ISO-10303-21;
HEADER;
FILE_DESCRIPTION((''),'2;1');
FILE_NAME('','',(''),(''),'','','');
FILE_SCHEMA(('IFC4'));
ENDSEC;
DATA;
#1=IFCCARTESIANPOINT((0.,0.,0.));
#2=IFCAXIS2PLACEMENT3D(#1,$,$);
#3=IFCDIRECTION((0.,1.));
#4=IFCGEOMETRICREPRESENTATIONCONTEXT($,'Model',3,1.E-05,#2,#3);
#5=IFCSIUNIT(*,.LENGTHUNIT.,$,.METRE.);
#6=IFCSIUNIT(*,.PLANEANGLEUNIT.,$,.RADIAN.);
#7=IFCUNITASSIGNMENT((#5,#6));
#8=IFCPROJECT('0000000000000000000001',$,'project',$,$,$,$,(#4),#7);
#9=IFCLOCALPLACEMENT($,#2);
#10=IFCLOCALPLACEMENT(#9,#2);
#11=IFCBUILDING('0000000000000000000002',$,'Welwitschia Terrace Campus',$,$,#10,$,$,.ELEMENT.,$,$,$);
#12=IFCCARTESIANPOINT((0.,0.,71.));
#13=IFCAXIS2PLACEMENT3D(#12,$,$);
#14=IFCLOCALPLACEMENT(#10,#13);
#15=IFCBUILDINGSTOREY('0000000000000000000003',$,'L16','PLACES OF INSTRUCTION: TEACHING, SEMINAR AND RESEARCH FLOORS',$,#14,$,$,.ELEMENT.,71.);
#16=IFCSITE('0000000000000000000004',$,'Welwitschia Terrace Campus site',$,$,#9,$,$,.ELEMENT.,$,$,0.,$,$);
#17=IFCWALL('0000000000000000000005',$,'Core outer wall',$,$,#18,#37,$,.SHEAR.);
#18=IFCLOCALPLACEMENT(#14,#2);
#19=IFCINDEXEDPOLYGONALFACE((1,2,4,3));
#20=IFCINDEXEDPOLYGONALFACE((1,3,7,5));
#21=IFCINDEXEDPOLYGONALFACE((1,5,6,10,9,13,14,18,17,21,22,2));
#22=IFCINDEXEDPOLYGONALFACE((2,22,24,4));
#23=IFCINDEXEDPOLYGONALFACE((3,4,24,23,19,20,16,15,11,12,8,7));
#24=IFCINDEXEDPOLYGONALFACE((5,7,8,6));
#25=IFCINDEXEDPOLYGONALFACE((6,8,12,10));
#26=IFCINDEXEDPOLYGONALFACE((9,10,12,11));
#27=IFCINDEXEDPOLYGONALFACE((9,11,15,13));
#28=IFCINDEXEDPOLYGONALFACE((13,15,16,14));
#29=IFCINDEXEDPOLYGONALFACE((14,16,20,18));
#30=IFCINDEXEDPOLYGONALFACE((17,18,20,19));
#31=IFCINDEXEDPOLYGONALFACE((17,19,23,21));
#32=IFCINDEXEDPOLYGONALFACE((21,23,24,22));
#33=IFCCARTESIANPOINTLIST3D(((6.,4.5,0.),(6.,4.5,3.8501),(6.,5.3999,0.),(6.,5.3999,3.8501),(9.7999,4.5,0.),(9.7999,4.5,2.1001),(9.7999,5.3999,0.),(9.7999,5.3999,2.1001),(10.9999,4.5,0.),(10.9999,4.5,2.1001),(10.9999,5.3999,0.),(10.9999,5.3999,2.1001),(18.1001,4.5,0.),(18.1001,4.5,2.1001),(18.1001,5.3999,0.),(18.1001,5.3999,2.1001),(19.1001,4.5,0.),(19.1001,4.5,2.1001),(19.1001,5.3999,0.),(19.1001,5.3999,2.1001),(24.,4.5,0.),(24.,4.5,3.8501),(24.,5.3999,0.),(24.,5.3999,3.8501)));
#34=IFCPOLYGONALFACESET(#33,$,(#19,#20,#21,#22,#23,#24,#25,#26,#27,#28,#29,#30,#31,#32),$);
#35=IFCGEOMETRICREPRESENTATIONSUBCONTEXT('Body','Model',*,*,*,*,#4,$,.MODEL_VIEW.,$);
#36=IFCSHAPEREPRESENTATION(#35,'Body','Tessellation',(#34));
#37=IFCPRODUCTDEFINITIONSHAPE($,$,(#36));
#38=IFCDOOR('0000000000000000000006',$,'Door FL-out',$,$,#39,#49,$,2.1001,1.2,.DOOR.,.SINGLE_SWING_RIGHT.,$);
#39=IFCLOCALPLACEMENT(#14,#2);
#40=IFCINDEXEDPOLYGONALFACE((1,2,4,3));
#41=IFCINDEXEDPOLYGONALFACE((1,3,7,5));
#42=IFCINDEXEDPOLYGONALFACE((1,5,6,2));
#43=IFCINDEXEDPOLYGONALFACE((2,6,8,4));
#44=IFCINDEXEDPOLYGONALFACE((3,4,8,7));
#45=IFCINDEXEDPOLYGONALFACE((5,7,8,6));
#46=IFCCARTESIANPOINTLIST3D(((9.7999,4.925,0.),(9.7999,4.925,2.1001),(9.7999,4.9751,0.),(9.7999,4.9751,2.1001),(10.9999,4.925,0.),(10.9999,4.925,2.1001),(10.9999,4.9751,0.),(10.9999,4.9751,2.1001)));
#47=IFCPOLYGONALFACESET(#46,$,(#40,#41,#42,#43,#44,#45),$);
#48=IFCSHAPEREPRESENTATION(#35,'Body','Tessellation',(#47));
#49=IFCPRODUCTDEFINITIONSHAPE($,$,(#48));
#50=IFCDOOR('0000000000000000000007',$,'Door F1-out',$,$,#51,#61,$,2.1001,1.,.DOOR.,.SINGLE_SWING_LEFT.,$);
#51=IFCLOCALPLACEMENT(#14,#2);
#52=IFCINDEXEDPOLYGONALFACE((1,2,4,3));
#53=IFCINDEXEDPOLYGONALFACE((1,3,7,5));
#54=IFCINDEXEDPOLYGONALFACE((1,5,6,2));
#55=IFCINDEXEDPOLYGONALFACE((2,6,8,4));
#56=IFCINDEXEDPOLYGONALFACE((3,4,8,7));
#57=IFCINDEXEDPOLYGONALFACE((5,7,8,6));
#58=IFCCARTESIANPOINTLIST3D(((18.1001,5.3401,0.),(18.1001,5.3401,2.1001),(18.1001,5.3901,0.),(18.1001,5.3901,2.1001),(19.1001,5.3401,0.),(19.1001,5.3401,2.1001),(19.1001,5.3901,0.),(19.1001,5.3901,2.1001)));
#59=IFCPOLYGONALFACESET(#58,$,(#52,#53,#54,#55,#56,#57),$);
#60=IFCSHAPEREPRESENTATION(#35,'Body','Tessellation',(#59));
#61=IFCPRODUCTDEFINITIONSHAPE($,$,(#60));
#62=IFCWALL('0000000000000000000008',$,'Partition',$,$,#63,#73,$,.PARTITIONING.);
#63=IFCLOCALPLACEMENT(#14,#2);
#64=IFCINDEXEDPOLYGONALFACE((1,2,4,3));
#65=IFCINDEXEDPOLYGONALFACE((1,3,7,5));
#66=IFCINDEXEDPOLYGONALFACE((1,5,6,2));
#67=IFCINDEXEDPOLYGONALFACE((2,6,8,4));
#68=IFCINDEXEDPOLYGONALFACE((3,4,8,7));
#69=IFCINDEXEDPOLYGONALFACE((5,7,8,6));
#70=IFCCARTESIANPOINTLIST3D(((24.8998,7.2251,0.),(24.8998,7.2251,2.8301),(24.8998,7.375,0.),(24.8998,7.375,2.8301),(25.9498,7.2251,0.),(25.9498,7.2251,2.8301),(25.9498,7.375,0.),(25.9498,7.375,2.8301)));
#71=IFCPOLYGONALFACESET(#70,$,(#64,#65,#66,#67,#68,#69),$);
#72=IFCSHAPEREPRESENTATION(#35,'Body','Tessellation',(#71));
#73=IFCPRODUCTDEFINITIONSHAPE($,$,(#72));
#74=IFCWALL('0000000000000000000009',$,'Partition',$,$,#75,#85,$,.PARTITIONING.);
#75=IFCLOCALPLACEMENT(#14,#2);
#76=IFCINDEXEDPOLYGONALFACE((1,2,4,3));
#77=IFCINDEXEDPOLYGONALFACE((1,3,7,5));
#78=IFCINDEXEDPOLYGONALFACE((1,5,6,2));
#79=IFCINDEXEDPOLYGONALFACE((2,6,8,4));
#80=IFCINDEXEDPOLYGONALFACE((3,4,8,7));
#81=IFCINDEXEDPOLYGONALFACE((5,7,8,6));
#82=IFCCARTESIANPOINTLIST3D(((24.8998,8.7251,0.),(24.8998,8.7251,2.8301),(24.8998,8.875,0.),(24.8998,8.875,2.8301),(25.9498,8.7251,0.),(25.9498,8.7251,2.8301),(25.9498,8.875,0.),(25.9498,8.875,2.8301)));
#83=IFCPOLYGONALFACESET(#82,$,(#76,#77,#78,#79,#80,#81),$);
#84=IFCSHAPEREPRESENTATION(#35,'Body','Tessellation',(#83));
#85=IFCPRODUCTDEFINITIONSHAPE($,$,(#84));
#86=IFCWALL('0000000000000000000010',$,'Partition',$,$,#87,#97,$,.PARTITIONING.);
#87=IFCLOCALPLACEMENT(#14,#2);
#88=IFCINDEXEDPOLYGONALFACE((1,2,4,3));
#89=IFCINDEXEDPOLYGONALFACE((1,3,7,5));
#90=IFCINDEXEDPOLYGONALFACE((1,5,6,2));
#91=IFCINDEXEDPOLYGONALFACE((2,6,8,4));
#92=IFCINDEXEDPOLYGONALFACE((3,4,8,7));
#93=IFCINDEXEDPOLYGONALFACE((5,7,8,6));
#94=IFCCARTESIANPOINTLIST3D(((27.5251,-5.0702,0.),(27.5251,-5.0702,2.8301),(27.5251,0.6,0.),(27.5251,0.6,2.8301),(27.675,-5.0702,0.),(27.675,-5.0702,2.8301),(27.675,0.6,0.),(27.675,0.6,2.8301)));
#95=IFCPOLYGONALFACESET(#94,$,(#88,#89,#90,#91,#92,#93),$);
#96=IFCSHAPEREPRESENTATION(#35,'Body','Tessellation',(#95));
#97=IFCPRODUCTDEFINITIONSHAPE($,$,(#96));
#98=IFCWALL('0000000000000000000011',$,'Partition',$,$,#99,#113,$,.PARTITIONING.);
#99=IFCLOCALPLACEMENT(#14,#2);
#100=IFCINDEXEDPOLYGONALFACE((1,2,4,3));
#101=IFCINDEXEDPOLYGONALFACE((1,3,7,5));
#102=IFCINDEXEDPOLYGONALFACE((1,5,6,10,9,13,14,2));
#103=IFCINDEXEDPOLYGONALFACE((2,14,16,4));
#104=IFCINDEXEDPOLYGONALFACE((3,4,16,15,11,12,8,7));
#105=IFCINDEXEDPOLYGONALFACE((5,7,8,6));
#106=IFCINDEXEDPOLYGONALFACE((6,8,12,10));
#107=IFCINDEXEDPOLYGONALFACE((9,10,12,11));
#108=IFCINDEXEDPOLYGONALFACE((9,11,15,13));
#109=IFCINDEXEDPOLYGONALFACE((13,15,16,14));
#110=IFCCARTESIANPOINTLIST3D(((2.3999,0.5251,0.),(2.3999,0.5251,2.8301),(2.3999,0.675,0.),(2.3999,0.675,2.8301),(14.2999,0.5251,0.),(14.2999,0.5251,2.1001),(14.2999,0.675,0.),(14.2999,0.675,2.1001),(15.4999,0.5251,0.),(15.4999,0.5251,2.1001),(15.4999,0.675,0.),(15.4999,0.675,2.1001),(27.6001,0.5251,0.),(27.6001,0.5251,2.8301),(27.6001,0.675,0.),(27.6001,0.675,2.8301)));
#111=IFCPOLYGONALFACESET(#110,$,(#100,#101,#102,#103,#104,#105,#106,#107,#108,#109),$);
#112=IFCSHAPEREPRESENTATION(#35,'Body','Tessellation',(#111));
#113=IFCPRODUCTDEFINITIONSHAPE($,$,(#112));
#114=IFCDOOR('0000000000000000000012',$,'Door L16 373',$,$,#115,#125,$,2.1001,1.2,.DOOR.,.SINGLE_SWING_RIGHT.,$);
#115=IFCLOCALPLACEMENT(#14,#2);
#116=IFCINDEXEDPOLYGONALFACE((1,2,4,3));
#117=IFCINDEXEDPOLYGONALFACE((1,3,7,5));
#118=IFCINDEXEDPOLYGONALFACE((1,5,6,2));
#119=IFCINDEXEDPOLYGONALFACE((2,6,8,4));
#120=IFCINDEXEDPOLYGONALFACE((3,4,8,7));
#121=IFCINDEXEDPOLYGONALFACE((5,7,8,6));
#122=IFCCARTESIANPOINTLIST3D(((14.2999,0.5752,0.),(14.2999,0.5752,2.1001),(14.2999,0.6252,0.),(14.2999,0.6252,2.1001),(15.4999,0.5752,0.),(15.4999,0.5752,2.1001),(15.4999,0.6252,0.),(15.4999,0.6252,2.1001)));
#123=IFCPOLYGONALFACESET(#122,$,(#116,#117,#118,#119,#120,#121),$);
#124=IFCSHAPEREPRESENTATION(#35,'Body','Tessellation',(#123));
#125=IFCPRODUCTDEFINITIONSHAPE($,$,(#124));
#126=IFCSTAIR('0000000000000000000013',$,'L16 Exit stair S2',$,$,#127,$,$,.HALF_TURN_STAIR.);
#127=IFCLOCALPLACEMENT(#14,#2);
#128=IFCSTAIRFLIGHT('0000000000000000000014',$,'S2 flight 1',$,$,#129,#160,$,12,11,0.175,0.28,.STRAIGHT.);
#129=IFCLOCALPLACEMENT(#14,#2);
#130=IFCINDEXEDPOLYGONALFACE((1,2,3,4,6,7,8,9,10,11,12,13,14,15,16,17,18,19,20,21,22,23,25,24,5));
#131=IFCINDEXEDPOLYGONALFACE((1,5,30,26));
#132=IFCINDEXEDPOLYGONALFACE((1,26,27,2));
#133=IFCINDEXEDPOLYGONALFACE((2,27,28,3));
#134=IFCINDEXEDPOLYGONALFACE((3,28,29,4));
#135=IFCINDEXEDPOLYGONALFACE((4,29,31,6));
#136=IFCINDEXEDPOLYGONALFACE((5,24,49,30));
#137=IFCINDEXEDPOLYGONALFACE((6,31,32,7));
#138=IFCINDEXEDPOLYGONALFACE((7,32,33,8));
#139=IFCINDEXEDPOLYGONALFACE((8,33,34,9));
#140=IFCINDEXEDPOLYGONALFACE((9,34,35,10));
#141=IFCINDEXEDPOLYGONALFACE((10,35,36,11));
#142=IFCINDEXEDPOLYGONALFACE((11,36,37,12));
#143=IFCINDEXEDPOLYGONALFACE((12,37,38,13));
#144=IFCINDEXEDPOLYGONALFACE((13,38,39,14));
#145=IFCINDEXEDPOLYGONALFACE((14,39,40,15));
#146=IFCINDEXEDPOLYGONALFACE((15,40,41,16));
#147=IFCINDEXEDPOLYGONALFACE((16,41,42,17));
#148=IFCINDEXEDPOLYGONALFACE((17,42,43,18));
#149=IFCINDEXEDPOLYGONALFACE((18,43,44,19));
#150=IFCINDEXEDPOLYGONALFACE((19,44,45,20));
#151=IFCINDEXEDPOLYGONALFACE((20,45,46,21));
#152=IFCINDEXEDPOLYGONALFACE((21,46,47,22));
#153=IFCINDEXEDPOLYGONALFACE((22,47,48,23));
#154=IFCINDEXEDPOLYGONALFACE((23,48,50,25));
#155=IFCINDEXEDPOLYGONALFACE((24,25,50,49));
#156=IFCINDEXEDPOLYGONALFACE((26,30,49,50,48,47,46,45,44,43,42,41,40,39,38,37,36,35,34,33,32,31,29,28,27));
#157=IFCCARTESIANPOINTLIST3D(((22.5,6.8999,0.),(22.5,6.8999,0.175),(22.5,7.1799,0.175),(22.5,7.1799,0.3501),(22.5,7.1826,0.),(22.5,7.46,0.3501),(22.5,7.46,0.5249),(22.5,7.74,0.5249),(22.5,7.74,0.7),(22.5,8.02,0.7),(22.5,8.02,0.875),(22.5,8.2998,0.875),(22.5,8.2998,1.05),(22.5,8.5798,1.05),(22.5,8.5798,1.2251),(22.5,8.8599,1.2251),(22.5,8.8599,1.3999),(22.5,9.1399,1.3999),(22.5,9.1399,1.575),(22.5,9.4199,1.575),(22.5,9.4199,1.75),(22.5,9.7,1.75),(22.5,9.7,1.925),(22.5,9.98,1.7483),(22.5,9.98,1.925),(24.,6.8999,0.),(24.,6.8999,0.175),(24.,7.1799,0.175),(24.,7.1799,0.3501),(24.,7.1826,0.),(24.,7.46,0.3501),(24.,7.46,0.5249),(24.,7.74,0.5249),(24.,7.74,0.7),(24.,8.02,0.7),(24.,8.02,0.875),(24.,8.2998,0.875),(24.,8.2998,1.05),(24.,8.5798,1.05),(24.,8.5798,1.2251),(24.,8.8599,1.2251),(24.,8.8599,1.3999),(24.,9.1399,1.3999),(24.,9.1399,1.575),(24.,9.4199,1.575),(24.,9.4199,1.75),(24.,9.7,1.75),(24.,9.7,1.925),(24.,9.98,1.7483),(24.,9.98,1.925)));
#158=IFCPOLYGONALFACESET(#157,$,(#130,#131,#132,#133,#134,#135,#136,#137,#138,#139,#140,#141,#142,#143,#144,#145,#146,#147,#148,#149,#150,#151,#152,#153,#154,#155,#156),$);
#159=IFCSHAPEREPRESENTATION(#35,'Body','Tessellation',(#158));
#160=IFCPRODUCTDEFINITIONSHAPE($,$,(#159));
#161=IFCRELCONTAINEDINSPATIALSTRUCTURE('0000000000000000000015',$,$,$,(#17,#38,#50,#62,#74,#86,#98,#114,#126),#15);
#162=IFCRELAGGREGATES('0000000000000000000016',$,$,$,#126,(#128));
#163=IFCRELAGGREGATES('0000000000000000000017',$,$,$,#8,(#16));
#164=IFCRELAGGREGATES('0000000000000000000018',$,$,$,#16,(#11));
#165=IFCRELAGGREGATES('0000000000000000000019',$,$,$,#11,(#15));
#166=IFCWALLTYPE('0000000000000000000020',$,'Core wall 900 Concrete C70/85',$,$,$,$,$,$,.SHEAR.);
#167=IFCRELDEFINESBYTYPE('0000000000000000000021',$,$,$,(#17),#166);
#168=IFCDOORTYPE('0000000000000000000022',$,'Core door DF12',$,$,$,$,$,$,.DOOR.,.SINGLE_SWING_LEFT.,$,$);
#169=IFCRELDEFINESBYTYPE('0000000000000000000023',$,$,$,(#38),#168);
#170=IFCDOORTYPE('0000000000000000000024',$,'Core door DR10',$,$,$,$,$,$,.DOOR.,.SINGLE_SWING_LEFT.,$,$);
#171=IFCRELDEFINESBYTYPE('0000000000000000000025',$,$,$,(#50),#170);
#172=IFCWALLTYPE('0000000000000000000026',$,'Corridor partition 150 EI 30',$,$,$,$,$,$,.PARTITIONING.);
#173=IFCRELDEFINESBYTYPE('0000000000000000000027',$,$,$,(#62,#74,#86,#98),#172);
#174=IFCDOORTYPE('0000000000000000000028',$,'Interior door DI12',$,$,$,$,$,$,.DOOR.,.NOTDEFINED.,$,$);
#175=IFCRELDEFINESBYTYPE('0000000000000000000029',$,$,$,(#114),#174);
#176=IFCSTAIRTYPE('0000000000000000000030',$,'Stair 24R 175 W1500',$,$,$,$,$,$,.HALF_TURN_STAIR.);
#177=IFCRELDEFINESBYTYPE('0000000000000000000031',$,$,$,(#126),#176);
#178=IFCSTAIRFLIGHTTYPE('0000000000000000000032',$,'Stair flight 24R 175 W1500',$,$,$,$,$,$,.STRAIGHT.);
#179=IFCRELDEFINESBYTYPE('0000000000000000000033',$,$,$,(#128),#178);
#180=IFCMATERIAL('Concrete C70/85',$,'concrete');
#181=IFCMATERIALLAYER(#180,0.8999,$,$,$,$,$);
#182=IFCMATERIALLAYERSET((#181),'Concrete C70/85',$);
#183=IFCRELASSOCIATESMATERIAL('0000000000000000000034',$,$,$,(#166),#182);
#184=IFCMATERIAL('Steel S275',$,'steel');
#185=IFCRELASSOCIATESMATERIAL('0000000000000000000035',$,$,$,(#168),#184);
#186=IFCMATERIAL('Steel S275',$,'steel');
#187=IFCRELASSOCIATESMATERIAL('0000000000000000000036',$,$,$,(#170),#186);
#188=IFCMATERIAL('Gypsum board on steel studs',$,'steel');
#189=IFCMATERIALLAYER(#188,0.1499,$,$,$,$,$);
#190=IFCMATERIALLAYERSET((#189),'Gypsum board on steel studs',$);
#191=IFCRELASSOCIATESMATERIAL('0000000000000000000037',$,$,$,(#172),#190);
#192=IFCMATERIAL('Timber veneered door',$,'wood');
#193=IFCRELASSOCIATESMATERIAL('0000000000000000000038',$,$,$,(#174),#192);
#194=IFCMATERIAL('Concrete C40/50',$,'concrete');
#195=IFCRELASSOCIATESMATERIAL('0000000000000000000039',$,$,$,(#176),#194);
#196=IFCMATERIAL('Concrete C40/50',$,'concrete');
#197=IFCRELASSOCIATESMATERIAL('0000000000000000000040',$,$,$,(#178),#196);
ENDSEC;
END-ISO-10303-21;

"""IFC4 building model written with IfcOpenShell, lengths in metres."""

from ifc_helpers import new_model, si_unit, direction, frame, frame_2d, origin, place, context, subcontext, project, spatial, polyline, rectangle, outline, extrude, material, layer, layer_set, type_object, element, fill, aggregate, save


model = new_model("IFC4")

# Units and contexts
model_context = context("Model", 3, precision=1e-05, world=origin(), true_north=direction((0.0, 1.0)))
body_context = subcontext(model_context, "Body", "Model", "MODEL_VIEW")
ifc_project = project(units=[si_unit("LENGTHUNIT", "METRE"), si_unit("PLANEANGLEUNIT", "RADIAN")], contexts=[model_context])

# Site, building, storey
site_placement = place(None, origin())
site = spatial("IfcSite", under=ifc_project, at=site_placement, Name="Welwitschia Terrace Campus site", CompositionType="ELEMENT", RefElevation=0.0)
building_placement = place(site_placement, origin())
building = spatial("IfcBuilding", under=site, at=building_placement, Name="Welwitschia Terrace Campus", CompositionType="ELEMENT")
storey_placement = place(building_placement, frame((0.0, 0.0, 71.0)))
storey = spatial("IfcBuildingStorey", under=building, at=storey_placement, Name="L16", Description="PLACES OF INSTRUCTION: TEACHING, SEMINAR AND RESEARCH FLOORS", CompositionType="ELEMENT", Elevation=71.0)

# Wall, openings, doors
ifc_material_1 = material(Name="Concrete C70/85", Category="concrete")
ifc_layer_1 = layer(ifc_material_1, 0.8999)
ifc_layer_set_1 = layer_set([ifc_layer_1], Name="Concrete C70/85")
wall_type_1 = type_object("IfcWallType", Name="Core wall 900 Concrete C70/85", PredefinedType="SHEAR", material=ifc_layer_set_1)
wall_1_placement = place(storey_placement, frame((24.0, 4.95, 0.0), z_axis=(0.0, 0.0, 1.0), x_axis=(-1.0, 0.0, 0.0)))
wall_1 = element("IfcWall", 1, at=wall_1_placement, inside=storey, type_object=wall_type_1, Name="Core outer wall", PredefinedType="SHEAR", context=body_context, shape_type="SweptSolid", body=[
    extrude(rectangle(XDim=18.0, YDim=0.8999, at=frame_2d((9.0, 0.0))), origin(), (0.0, 0.0, 1.0), 3.8501),
])
opening_1_placement = place(wall_1_placement, frame((13.0, 0.0, 0.0)))
opening_1 = element("IfcOpeningElement", 2, at=opening_1_placement, cuts=wall_1, PredefinedType="OPENING", context=body_context, shape_type="SweptSolid", body=[
    extrude(rectangle(XDim=1.2, YDim=2.1001, at=frame_2d((0.6001, 1.05))), frame((0.0, 0.46, 0.0), z_axis=(0.0, -1.0, 0.0), x_axis=(1.0, 0.0, 0.0)), (0.0, 0.0, 1.0), 0.9199),
])
opening_2_placement = place(wall_1_placement, frame((4.8999, 0.0, 0.0)))
opening_2 = element("IfcOpeningElement", 3, at=opening_2_placement, cuts=wall_1, PredefinedType="OPENING", context=body_context, shape_type="SweptSolid", body=[
    extrude(rectangle(XDim=1.0, YDim=2.1001, at=frame_2d((0.5, 1.05))), frame((0.0, 0.46, 0.0), z_axis=(0.0, -1.0, 0.0), x_axis=(1.0, 0.0, 0.0)), (0.0, 0.0, 1.0), 0.9199),
])
ifc_material_2 = material(Name="Steel S275", Category="steel")
door_type_1 = type_object("IfcDoorType", Name="Core door DF12", OperationType="SINGLE_SWING_LEFT", PredefinedType="DOOR", material=ifc_material_2)
door_1_placement = place(opening_1_placement, origin())
door_1 = element("IfcDoor", 4, at=door_1_placement, inside=storey, type_object=door_type_1, Name="Door FL-out", OperationType="SINGLE_SWING_RIGHT", OverallHeight=2.1001, OverallWidth=1.2, PredefinedType="DOOR", context=body_context, shape_type="SweptSolid", body=[
    extrude(rectangle(XDim=1.2, YDim=2.1001, at=frame_2d((0.6001, 1.05))), frame((0.0, 0.0249, 0.0), z_axis=(0.0, -1.0, 0.0), x_axis=(1.0, 0.0, 0.0)), (0.0, 0.0, 1.0), 0.05),
])
fill(opening_1, door_1)
ifc_material_3 = material(Name="Steel S275", Category="steel")
door_type_2 = type_object("IfcDoorType", Name="Core door DR10", OperationType="SINGLE_SWING_LEFT", PredefinedType="DOOR", material=ifc_material_3)
door_2_placement = place(opening_2_placement, origin())
door_2 = element("IfcDoor", 5, at=door_2_placement, inside=storey, type_object=door_type_2, Name="Door F1-out", OperationType="SINGLE_SWING_LEFT", OverallHeight=2.1001, OverallWidth=1.0, PredefinedType="DOOR", context=body_context, shape_type="SweptSolid", body=[
    extrude(rectangle(XDim=1.0, YDim=2.1001, at=frame_2d((0.5, 1.05))), frame((0.0, -0.3901, 0.0), z_axis=(0.0, -1.0, 0.0), x_axis=(1.0, 0.0, 0.0)), (0.0, 0.0, 1.0), 0.05),
])
fill(opening_2, door_2)

# Walls
ifc_material_4 = material(Name="Gypsum board on steel studs", Category="steel")
ifc_layer_2 = layer(ifc_material_4, 0.1499)
ifc_layer_set_2 = layer_set([ifc_layer_2], Name="Gypsum board on steel studs")
wall_type_2 = type_object("IfcWallType", Name="Corridor partition 150 EI 30", PredefinedType="PARTITIONING", material=ifc_layer_set_2)
for number, where, z_axis, x_axis, name in (
    (6, (24.8999, 7.3, 0.0), (0.0, 0.0, 1.0), (1.0, 0.0, 0.0), "Partition"),
    (7, (24.8999, 8.8, 0.0), (0.0, 0.0, 1.0), (1.0, 0.0, 0.0), "Partition"),
):
    element("IfcWall", number, at=place(storey_placement, frame(where, z_axis=z_axis, x_axis=x_axis)), inside=storey, type_object=wall_type_2, Name=name, PredefinedType="PARTITIONING", context=body_context, shape_type="SweptSolid", body=[
        extrude(rectangle(XDim=1.05, YDim=0.1499, at=frame_2d((0.5249, 0.0))), origin(), (0.0, 0.0, 1.0), 2.8301),
    ])
wall_2_placement = place(storey_placement, frame((27.6001, -5.0701, 0.0), z_axis=(0.0, 0.0, 1.0), x_axis=(0.0, 1.0, 0.0)))
element("IfcWall", 8, at=wall_2_placement, inside=storey, type_object=wall_type_2, Name="Partition", PredefinedType="PARTITIONING", context=body_context, shape_type="SweptSolid", body=[
    extrude(rectangle(XDim=5.6702, YDim=0.1499, at=frame_2d((2.835, 0.0))), origin(), (0.0, 0.0, 1.0), 2.8301),
])

# Wall, opening, door
wall_3_placement = place(storey_placement, frame((27.6001, 0.6001, 0.0), z_axis=(0.0, 0.0, 1.0), x_axis=(-1.0, 0.0, 0.0)))
wall_3 = element("IfcWall", 9, at=wall_3_placement, inside=storey, type_object=wall_type_2, Name="Partition", PredefinedType="PARTITIONING", context=body_context, shape_type="SweptSolid", body=[
    extrude(rectangle(XDim=25.2002, YDim=0.1499, at=frame_2d((12.6001, 0.0))), origin(), (0.0, 0.0, 1.0), 2.8301),
])
opening_3_placement = place(wall_3_placement, frame((12.1001, 0.0, 0.0)))
opening_3 = element("IfcOpeningElement", 10, at=opening_3_placement, cuts=wall_3, PredefinedType="OPENING", context=body_context, shape_type="SweptSolid", body=[
    extrude(rectangle(XDim=1.2, YDim=2.1001, at=frame_2d((0.6001, 1.05))), frame((0.0, 0.085, 0.0), z_axis=(0.0, -1.0, 0.0), x_axis=(1.0, 0.0, 0.0)), (0.0, 0.0, 1.0), 0.1699),
])
ifc_material_5 = material(Name="Timber veneered door", Category="wood")
door_type_3 = type_object("IfcDoorType", Name="Interior door DI12", OperationType="NOTDEFINED", PredefinedType="DOOR", material=ifc_material_5)
door_3_placement = place(opening_3_placement, origin())
door_3 = element("IfcDoor", 11, at=door_3_placement, inside=storey, type_object=door_type_3, Name="Door L16 373", OperationType="SINGLE_SWING_RIGHT", OverallHeight=2.1001, OverallWidth=1.2, PredefinedType="DOOR", context=body_context, shape_type="SweptSolid", body=[
    extrude(rectangle(XDim=1.2, YDim=2.1001, at=frame_2d((0.6001, 1.05))), frame((0.0, 0.0249, 0.0), z_axis=(0.0, -1.0, 0.0), x_axis=(1.0, 0.0, 0.0)), (0.0, 0.0, 1.0), 0.05),
])
fill(opening_3, door_3)

# Stair, stair flight
ifc_material_6 = material(Name="Concrete C40/50", Category="concrete")
stair_type = type_object("IfcStairType", Name="Stair 24R 175 W1500", PredefinedType="HALF_TURN_STAIR", material=ifc_material_6)
stair_placement = place(storey_placement, origin())
stair = element("IfcStair", 12, at=stair_placement, inside=storey, type_object=stair_type, Name="L16 Exit stair S2", PredefinedType="HALF_TURN_STAIR")
ifc_material_7 = material(Name="Concrete C40/50", Category="concrete")
stair_flight_type = type_object("IfcStairFlightType", Name="Stair flight 24R 175 W1500", PredefinedType="STRAIGHT", material=ifc_material_7)
stair_flight_1_placement = place(storey_placement, frame((23.25, 6.8999, 0.0), z_axis=(0.0, 0.0, 1.0), x_axis=(0.0, 1.0, 0.0)))
stair_flight_1 = element("IfcStairFlight", 13, at=stair_flight_1_placement, type_object=stair_flight_type, Name="S2 flight 1", NumberOfRisers=12, NumberOfTreads=11, PredefinedType="STRAIGHT", RiserHeight=0.175, TreadLength=0.28, context=body_context, shape_type="SweptSolid", body=[
    extrude(outline(polyline([(0.0, 0.0), (0.0, 0.175), (0.28, 0.175), (0.28, 0.3501), (0.5601, 0.3501), (0.5601, 0.5249), (0.8401, 0.5249), (0.8401, 0.7), (1.1201, 0.7), (1.1201, 0.875), (1.3999, 0.875), (1.3999, 1.05), (1.6799, 1.05), (1.6799, 1.2251), (1.96, 1.2251), (1.96, 1.3999), (2.24, 1.3999), (2.24, 1.575), (2.52, 1.575), (2.52, 1.75), (2.8, 1.75), (2.8, 1.925), (3.0801, 1.925), (3.0801, 2.1001), (3.0801, 1.7483), (0.2827, 0.0), (0.0, 0.0)])), frame((0.0, 0.75, 0.0), z_axis=(0.0, -1.0, 0.0), x_axis=(1.0, 0.0, 0.0)), (0.0, 0.0, 1.0), 1.5),
])
aggregate(stair, [stair_flight_1])

save(model, "model.ifc")
